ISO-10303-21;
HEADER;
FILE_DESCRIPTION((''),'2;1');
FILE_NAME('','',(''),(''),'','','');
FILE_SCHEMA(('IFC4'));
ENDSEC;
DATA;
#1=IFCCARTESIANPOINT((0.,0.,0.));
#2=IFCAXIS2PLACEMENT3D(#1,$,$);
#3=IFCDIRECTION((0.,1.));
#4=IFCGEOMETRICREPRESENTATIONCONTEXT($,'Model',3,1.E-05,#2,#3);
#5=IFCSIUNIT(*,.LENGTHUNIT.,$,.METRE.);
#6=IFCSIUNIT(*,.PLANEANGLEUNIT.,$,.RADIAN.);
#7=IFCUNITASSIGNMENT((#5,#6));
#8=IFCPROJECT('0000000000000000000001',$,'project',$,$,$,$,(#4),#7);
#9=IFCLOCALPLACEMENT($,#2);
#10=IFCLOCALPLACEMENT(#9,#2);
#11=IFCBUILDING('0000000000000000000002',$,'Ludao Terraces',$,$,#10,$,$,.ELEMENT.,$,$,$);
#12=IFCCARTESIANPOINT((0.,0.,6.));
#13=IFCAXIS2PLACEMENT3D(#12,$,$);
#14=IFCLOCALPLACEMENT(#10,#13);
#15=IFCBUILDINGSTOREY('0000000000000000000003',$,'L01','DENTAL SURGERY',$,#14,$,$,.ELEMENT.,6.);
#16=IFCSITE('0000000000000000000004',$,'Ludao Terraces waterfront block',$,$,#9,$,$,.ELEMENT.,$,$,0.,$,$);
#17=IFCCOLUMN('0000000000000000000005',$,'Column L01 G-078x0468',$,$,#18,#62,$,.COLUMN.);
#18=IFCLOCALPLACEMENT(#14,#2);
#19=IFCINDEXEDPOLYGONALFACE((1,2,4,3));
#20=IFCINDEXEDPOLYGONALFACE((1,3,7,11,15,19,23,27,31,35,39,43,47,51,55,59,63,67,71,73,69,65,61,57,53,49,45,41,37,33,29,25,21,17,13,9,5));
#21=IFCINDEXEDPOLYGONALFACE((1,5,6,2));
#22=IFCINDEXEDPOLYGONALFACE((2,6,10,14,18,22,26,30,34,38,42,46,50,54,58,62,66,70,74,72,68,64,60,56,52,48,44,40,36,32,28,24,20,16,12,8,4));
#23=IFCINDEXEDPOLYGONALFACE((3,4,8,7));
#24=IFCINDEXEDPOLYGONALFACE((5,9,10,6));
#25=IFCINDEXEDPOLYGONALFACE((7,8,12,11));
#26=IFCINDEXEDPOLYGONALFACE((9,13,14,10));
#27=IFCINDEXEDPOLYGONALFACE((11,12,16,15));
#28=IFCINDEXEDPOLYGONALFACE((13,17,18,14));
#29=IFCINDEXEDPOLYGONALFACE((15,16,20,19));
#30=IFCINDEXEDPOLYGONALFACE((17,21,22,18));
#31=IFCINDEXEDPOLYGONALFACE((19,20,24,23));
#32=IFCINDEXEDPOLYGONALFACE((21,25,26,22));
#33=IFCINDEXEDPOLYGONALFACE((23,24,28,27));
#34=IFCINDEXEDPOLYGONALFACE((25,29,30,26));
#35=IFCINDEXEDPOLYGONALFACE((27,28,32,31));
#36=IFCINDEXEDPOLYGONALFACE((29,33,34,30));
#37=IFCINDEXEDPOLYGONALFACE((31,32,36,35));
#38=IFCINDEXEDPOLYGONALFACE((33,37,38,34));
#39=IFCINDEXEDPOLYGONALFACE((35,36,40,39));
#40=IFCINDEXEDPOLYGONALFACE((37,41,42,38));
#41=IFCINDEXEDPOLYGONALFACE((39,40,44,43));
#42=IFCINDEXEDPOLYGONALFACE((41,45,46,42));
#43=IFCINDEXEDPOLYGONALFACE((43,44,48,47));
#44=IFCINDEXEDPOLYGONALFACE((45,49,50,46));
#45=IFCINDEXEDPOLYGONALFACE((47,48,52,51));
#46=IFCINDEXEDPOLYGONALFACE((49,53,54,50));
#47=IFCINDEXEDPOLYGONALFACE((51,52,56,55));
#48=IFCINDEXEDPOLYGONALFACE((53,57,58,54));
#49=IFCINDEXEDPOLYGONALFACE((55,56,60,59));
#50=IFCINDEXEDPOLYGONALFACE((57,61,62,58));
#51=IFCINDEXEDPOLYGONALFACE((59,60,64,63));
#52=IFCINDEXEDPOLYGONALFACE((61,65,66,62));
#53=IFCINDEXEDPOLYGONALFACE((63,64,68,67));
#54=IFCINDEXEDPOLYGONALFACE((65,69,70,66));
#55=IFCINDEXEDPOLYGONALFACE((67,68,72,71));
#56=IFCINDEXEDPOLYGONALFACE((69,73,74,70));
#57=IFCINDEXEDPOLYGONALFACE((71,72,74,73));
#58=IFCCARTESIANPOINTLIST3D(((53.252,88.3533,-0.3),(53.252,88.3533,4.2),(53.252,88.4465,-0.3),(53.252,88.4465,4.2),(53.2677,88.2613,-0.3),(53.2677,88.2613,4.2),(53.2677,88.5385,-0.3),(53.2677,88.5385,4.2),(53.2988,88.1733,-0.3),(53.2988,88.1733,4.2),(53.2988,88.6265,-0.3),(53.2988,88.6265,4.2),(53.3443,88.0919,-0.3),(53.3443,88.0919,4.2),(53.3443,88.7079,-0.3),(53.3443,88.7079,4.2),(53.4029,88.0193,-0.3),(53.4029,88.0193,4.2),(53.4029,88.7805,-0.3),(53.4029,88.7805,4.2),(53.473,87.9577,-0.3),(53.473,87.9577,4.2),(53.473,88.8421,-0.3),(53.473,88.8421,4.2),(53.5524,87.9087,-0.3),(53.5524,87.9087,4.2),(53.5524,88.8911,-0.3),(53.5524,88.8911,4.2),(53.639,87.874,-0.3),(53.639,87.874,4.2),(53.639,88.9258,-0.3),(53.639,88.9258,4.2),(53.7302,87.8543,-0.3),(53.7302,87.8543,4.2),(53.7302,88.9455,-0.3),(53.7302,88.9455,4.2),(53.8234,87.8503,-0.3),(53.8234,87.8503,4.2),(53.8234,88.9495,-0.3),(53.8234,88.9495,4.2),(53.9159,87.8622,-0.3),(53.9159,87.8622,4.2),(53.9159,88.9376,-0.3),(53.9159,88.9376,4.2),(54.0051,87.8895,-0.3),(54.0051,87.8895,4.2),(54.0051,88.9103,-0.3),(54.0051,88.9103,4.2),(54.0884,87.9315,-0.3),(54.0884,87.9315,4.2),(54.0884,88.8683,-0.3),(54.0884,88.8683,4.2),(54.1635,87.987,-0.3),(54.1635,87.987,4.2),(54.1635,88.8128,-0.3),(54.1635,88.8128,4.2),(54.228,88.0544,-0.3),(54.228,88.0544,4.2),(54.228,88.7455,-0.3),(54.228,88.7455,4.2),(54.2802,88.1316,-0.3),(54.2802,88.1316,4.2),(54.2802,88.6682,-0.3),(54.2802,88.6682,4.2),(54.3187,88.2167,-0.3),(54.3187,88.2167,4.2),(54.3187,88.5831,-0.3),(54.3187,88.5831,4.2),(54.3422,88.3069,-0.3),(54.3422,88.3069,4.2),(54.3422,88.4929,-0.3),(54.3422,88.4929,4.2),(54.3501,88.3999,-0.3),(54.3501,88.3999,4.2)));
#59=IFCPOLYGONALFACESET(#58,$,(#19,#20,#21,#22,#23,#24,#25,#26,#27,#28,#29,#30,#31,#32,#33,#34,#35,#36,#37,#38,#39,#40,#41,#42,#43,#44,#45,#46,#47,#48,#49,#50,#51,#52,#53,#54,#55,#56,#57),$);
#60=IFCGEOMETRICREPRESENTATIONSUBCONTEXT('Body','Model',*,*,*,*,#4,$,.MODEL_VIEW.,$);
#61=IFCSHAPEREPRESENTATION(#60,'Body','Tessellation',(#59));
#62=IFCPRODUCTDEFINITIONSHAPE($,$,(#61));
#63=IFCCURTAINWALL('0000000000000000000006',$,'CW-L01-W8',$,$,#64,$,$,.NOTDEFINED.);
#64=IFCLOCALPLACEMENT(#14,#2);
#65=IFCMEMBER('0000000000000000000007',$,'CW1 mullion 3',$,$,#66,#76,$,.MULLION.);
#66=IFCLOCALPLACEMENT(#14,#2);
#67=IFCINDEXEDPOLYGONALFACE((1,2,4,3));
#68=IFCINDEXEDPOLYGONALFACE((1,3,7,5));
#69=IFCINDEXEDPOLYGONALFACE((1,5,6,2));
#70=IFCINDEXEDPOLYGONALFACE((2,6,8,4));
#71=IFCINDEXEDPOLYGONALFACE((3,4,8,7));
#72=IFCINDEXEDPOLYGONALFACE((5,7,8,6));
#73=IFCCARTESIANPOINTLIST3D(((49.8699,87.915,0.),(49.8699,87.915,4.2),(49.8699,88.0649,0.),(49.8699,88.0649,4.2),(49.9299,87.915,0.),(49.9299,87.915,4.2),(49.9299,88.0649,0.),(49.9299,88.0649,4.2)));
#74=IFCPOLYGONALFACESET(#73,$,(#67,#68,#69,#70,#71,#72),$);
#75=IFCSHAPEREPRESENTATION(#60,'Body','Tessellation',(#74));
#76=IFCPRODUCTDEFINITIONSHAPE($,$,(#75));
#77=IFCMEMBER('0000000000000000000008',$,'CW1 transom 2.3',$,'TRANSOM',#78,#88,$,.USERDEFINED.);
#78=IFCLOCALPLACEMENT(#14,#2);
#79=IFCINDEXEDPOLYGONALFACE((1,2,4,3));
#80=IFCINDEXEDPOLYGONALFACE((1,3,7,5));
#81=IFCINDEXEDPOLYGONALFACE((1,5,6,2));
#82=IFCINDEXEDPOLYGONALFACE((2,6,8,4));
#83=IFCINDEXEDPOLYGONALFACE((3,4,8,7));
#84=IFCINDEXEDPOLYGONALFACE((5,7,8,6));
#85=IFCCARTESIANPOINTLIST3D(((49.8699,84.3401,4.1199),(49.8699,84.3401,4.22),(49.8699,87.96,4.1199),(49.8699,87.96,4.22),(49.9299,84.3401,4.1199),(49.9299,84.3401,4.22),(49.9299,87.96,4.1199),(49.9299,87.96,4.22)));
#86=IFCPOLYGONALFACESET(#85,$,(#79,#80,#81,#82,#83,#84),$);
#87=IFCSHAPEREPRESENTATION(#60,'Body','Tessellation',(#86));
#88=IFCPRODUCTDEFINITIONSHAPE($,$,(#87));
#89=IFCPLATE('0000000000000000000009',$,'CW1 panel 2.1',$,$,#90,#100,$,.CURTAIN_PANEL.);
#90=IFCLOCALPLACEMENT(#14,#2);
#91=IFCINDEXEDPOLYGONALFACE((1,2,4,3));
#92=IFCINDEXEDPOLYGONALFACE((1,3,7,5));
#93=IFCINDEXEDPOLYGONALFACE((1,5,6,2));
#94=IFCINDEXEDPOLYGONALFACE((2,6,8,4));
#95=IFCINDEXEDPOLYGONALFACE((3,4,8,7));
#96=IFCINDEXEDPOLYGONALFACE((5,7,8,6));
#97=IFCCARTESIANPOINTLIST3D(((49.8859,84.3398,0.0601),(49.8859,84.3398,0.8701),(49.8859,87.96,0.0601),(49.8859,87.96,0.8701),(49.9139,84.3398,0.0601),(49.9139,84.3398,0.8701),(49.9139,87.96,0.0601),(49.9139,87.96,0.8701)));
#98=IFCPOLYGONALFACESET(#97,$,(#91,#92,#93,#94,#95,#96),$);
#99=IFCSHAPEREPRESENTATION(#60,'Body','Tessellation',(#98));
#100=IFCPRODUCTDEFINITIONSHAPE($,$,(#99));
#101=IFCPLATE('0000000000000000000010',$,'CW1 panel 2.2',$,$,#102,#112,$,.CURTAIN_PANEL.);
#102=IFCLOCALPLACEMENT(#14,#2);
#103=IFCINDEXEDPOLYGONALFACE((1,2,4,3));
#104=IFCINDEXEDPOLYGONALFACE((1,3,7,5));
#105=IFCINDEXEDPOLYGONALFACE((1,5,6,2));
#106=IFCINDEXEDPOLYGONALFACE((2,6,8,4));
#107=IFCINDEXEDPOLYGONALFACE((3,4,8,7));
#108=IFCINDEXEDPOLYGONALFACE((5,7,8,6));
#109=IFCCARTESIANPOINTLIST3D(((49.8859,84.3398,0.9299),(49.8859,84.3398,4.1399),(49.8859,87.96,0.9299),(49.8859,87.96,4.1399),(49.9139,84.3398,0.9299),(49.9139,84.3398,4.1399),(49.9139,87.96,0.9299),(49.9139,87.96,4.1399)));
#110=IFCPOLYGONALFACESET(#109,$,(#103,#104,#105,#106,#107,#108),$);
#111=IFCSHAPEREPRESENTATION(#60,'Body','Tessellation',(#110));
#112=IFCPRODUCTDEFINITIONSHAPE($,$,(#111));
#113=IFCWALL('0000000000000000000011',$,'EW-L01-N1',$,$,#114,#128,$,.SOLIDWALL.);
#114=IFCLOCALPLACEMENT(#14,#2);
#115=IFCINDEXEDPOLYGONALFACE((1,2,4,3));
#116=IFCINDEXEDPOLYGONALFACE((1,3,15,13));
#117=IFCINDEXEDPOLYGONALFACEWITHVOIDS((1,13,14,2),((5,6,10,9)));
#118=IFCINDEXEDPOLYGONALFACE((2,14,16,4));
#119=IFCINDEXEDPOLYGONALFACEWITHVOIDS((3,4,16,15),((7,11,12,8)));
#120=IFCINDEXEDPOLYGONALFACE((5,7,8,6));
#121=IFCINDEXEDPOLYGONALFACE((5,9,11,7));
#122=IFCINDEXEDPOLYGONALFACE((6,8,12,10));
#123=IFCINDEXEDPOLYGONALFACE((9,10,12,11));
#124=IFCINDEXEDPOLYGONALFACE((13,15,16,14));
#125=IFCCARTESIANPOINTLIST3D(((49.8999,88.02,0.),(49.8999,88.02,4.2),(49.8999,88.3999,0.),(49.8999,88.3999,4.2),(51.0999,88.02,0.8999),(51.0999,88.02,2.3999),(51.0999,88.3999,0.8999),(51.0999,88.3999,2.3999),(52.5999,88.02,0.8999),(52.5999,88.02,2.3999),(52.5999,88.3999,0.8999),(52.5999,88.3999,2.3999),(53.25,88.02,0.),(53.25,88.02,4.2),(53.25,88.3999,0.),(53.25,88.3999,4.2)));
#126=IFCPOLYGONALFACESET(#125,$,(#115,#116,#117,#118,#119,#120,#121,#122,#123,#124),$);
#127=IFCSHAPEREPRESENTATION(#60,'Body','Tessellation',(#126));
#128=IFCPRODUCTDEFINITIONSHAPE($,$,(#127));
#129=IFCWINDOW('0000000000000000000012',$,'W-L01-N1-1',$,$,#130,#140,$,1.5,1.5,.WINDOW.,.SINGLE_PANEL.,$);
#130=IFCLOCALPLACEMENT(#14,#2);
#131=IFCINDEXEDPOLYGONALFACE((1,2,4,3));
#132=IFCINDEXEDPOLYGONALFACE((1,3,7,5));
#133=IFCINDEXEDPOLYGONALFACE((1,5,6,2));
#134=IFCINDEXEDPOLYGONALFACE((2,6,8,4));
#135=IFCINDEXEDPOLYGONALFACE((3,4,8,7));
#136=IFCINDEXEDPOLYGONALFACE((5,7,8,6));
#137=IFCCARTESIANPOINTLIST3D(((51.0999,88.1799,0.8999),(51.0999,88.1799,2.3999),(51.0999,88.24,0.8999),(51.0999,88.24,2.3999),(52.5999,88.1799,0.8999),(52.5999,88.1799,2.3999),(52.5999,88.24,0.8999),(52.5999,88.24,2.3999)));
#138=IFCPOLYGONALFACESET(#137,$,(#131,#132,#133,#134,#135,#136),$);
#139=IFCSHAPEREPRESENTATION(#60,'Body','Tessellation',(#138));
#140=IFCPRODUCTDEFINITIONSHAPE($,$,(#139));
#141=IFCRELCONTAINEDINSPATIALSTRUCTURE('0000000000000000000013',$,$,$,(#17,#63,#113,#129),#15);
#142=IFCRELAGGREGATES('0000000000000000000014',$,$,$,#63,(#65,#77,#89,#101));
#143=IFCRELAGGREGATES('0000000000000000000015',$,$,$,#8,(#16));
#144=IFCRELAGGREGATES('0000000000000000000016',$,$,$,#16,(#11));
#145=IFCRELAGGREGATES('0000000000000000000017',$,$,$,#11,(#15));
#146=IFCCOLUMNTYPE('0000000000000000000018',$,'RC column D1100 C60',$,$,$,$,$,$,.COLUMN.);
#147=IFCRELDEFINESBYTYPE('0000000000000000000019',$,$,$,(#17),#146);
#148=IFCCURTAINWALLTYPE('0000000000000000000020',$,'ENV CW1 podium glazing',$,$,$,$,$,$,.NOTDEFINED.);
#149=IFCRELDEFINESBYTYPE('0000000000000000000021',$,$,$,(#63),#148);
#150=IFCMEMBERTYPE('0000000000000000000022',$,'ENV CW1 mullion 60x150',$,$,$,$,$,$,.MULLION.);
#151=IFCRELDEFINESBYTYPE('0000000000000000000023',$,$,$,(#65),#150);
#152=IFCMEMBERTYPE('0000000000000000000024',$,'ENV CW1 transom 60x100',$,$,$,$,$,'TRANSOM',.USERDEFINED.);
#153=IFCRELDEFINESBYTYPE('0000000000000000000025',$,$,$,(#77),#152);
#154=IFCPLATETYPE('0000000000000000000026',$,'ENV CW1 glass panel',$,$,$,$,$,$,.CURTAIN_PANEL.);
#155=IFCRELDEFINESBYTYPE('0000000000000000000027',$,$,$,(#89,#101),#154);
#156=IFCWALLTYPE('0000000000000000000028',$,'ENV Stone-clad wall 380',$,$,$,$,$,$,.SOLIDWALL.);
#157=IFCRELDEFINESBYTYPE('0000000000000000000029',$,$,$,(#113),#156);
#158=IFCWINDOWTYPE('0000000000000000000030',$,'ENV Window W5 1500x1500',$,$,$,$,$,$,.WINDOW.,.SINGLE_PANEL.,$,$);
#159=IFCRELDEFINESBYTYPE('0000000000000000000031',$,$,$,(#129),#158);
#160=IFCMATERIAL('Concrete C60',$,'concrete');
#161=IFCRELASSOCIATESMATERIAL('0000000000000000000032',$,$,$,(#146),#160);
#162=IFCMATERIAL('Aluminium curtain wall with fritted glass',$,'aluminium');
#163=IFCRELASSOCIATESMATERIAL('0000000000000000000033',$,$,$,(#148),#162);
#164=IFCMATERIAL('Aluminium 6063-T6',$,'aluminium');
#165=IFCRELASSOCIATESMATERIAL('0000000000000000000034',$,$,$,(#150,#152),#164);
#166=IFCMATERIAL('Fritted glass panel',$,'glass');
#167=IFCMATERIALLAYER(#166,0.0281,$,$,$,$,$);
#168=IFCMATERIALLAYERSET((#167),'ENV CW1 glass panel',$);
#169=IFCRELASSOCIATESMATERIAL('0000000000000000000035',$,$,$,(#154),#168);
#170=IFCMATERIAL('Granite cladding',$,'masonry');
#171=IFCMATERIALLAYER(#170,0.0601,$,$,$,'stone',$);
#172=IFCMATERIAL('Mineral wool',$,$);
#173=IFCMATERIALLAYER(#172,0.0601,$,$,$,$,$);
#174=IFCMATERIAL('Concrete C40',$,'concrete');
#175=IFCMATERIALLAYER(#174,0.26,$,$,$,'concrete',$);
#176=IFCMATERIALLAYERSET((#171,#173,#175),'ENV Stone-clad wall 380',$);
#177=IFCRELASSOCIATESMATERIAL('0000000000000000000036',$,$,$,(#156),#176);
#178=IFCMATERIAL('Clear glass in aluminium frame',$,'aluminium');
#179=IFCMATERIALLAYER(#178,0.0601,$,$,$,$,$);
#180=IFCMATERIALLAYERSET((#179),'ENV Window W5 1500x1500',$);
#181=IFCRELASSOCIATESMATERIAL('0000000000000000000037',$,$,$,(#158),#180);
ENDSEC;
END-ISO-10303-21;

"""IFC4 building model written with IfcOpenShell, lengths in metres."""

from ifc_helpers import new_model, si_unit, direction, frame, frame_2d, origin, origin_2d, place, context, subcontext, project, spatial, rectangle, circle, extrude, material, layer, layer_set, material_profile, profile_set, type_object, element, fill, aggregate, save


model = new_model("IFC4")

# Units and contexts
model_context = context("Model", 3, precision=1e-05, world=origin(), true_north=direction((0.0, 1.0)))
body_context = subcontext(model_context, "Body", "Model", "MODEL_VIEW")
ifc_project = project(units=[si_unit("LENGTHUNIT", "METRE"), si_unit("PLANEANGLEUNIT", "RADIAN")], contexts=[model_context])

# Site, building, storey
site_placement = place(None, origin())
site = spatial("IfcSite", under=ifc_project, at=site_placement, Name="Ludao Terraces waterfront block", CompositionType="ELEMENT", RefElevation=0.0)
building_placement = place(site_placement, origin())
building = spatial("IfcBuilding", under=site, at=building_placement, Name="Ludao Terraces", CompositionType="ELEMENT")
storey_placement = place(building_placement, frame((0.0, 0.0, 6.0)))
storey = spatial("IfcBuildingStorey", under=building, at=storey_placement, Name="L01", Description="DENTAL SURGERY", CompositionType="ELEMENT", Elevation=6.0)

# Column
ifc_material_1 = material(Name="Concrete C60", Category="concrete")
ifc_material_profile_1 = material_profile(ifc_material_1, circle(Radius=0.55, at=origin_2d()), Name="D1100")
ifc_profile_set_1 = profile_set([ifc_material_profile_1], Name="Concrete C60")
column_type_1 = type_object("IfcColumnType", Name="RC column D1100 C60", PredefinedType="COLUMN", material=ifc_profile_set_1)
for number, where, z_axis, x_axis, name in (
    (1, (53.8, 88.3999, -0.3), (0.0, 0.0, 1.0), (1.0, 0.0, 0.0), "Column L01 G-078x0468"),
):
    element("IfcColumn", number, at=place(storey_placement, frame(where, z_axis=z_axis, x_axis=x_axis)), inside=storey, type_object=column_type_1, Name=name, PredefinedType="COLUMN", context=body_context, shape_type="SweptSolid", body=[
        extrude(circle(Radius=0.55, at=origin_2d()), origin(), (0.0, 0.0, 1.0), 4.5),
    ])

# Curtain wall, members, plates
ifc_material_2 = material(Name="Aluminium curtain wall with fritted glass", Category="aluminium")
curtain_wall_type = type_object("IfcCurtainWallType", Name="ENV CW1 podium glazing", PredefinedType="NOTDEFINED", material=ifc_material_2)
curtain_wall_placement = place(storey_placement, origin())
curtain_wall = element("IfcCurtainWall", 2, at=curtain_wall_placement, inside=storey, type_object=curtain_wall_type, Name="CW-L01-W8", PredefinedType="NOTDEFINED")
ifc_material_3 = material(Name="Aluminium 6063-T6", Category="aluminium")
ifc_material_profile_2 = material_profile(ifc_material_3, rectangle(XDim=0.0601, YDim=0.1499, at=origin_2d()), Name="60 X 150")
ifc_profile_set_2 = profile_set([ifc_material_profile_2], Name="Aluminium 6063-T6")
member_type_1 = type_object("IfcMemberType", Name="ENV CW1 mullion 60x150", PredefinedType="MULLION", material=ifc_profile_set_2)
member_1_placement = place(storey_placement, frame((49.8999, 87.99, 0.0), z_axis=(0.0, 0.0, 1.0), x_axis=(-1.0, 0.0, 0.0)))
member_1 = element("IfcMember", 3, at=member_1_placement, type_object=member_type_1, Name="CW1 mullion 3", PredefinedType="MULLION", context=body_context, shape_type="SweptSolid", body=[
    extrude(rectangle(XDim=0.0601, YDim=0.1499, at=origin_2d()), origin(), (0.0, 0.0, 1.0), 4.2),
])
ifc_material_profile_3 = material_profile(ifc_material_3, rectangle(XDim=0.0601, YDim=0.1001, at=origin_2d()), Name="60 X 100")
ifc_profile_set_3 = profile_set([ifc_material_profile_3], Name="Aluminium 6063-T6")
member_type_2 = type_object("IfcMemberType", Name="ENV CW1 transom 60x100", ElementType="TRANSOM", PredefinedType="USERDEFINED", material=ifc_profile_set_3)
member_2_placement = place(storey_placement, frame((49.8999, 84.3401, 4.1699), z_axis=(0.0, 1.0, 0.0), x_axis=(-1.0, 0.0, 0.0)))
member_2 = element("IfcMember", 4, at=member_2_placement, type_object=member_type_2, Name="CW1 transom 2.3", ObjectType="TRANSOM", PredefinedType="USERDEFINED", context=body_context, shape_type="SweptSolid", body=[
    extrude(rectangle(XDim=0.0601, YDim=0.1001, at=origin_2d()), origin(), (0.0, 0.0, 1.0), 3.6199),
])
ifc_material_4 = material(Name="Fritted glass panel", Category="glass")
ifc_layer_1 = layer(ifc_material_4, 0.0281)
ifc_layer_set_1 = layer_set([ifc_layer_1], Name="ENV CW1 glass panel")
plate_type = type_object("IfcPlateType", Name="ENV CW1 glass panel", PredefinedType="CURTAIN_PANEL", material=ifc_layer_set_1)
plate_1_placement = place(storey_placement, frame((49.8999, 86.1499, 0.0601), z_axis=(0.0, 0.0, 1.0), x_axis=(0.0, 1.0, 0.0)))
plate_1 = element("IfcPlate", 5, at=plate_1_placement, type_object=plate_type, Name="CW1 panel 2.1", PredefinedType="CURTAIN_PANEL", context=body_context, shape_type="SweptSolid", body=[
    extrude(rectangle(XDim=3.6201, YDim=0.0281, at=origin_2d()), origin(), (0.0, 0.0, 1.0), 0.8101),
])
plate_2_placement = place(storey_placement, frame((49.8999, 86.1499, 0.9299), z_axis=(0.0, 0.0, 1.0), x_axis=(0.0, 1.0, 0.0)))
plate_2 = element("IfcPlate", 6, at=plate_2_placement, type_object=plate_type, Name="CW1 panel 2.2", PredefinedType="CURTAIN_PANEL", context=body_context, shape_type="SweptSolid", body=[
    extrude(rectangle(XDim=3.6201, YDim=0.0281, at=origin_2d()), origin(), (0.0, 0.0, 1.0), 3.21),
])
aggregate(curtain_wall, [member_1, member_2, plate_1, plate_2])

# Wall, opening, window
ifc_material_5 = material(Name="Granite cladding", Category="masonry")
ifc_layer_2 = layer(ifc_material_5, 0.0601, Category="stone")
ifc_material_6 = material(Name="Mineral wool")
ifc_layer_3 = layer(ifc_material_6, 0.0601)
ifc_material_7 = material(Name="Concrete C40", Category="concrete")
ifc_layer_4 = layer(ifc_material_7, 0.26, Category="concrete")
ifc_layer_set_2 = layer_set([ifc_layer_2, ifc_layer_3, ifc_layer_4], Name="ENV Stone-clad wall 380")
wall_type_1 = type_object("IfcWallType", Name="ENV Stone-clad wall 380", PredefinedType="SOLIDWALL", material=ifc_layer_set_2)
wall_1_placement = place(storey_placement, frame((49.8999, 88.21, 0.0), z_axis=(0.0, 0.0, 1.0), x_axis=(1.0, 0.0, 0.0)))
wall_1 = element("IfcWall", 7, at=wall_1_placement, inside=storey, type_object=wall_type_1, Name="EW-L01-N1", PredefinedType="SOLIDWALL", context=body_context, shape_type="SweptSolid", body=[
    extrude(rectangle(XDim=3.3501, YDim=0.3799, at=frame_2d((1.675, 0.0))), origin(), (0.0, 0.0, 1.0), 4.2),
])
opening_1_placement = place(wall_1_placement, frame((1.2, 0.0, 0.8999)))
opening_1 = element("IfcOpeningElement", 8, at=opening_1_placement, cuts=wall_1, PredefinedType="OPENING", context=body_context, shape_type="SweptSolid", body=[
    extrude(rectangle(XDim=1.5, YDim=1.5, at=frame_2d((0.75, 0.75))), frame((0.0, 0.2, 0.0), z_axis=(0.0, -1.0, 0.0), x_axis=(1.0, 0.0, 0.0)), (0.0, 0.0, 1.0), 0.3999),
])
ifc_material_8 = material(Name="Clear glass in aluminium frame", Category="aluminium")
ifc_layer_5 = layer(ifc_material_8, 0.0601)
ifc_layer_set_3 = layer_set([ifc_layer_5], Name="ENV Window W5 1500x1500")
window_type = type_object("IfcWindowType", Name="ENV Window W5 1500x1500", PartitioningType="SINGLE_PANEL", PredefinedType="WINDOW", material=ifc_layer_set_3)
window_1_placement = place(opening_1_placement, origin())
window_1 = element("IfcWindow", 9, at=window_1_placement, inside=storey, type_object=window_type, Name="W-L01-N1-1", OverallHeight=1.5, OverallWidth=1.5, PartitioningType="SINGLE_PANEL", PredefinedType="WINDOW", context=body_context, shape_type="SweptSolid", body=[
    extrude(rectangle(XDim=1.5, YDim=1.5, at=frame_2d((0.75, 0.75))), frame((0.0, 0.03, 0.0), z_axis=(0.0, -1.0, 0.0), x_axis=(1.0, 0.0, 0.0)), (0.0, 0.0, 1.0), 0.0601),
])
fill(opening_1, window_1)

save(model, "model.ifc")
